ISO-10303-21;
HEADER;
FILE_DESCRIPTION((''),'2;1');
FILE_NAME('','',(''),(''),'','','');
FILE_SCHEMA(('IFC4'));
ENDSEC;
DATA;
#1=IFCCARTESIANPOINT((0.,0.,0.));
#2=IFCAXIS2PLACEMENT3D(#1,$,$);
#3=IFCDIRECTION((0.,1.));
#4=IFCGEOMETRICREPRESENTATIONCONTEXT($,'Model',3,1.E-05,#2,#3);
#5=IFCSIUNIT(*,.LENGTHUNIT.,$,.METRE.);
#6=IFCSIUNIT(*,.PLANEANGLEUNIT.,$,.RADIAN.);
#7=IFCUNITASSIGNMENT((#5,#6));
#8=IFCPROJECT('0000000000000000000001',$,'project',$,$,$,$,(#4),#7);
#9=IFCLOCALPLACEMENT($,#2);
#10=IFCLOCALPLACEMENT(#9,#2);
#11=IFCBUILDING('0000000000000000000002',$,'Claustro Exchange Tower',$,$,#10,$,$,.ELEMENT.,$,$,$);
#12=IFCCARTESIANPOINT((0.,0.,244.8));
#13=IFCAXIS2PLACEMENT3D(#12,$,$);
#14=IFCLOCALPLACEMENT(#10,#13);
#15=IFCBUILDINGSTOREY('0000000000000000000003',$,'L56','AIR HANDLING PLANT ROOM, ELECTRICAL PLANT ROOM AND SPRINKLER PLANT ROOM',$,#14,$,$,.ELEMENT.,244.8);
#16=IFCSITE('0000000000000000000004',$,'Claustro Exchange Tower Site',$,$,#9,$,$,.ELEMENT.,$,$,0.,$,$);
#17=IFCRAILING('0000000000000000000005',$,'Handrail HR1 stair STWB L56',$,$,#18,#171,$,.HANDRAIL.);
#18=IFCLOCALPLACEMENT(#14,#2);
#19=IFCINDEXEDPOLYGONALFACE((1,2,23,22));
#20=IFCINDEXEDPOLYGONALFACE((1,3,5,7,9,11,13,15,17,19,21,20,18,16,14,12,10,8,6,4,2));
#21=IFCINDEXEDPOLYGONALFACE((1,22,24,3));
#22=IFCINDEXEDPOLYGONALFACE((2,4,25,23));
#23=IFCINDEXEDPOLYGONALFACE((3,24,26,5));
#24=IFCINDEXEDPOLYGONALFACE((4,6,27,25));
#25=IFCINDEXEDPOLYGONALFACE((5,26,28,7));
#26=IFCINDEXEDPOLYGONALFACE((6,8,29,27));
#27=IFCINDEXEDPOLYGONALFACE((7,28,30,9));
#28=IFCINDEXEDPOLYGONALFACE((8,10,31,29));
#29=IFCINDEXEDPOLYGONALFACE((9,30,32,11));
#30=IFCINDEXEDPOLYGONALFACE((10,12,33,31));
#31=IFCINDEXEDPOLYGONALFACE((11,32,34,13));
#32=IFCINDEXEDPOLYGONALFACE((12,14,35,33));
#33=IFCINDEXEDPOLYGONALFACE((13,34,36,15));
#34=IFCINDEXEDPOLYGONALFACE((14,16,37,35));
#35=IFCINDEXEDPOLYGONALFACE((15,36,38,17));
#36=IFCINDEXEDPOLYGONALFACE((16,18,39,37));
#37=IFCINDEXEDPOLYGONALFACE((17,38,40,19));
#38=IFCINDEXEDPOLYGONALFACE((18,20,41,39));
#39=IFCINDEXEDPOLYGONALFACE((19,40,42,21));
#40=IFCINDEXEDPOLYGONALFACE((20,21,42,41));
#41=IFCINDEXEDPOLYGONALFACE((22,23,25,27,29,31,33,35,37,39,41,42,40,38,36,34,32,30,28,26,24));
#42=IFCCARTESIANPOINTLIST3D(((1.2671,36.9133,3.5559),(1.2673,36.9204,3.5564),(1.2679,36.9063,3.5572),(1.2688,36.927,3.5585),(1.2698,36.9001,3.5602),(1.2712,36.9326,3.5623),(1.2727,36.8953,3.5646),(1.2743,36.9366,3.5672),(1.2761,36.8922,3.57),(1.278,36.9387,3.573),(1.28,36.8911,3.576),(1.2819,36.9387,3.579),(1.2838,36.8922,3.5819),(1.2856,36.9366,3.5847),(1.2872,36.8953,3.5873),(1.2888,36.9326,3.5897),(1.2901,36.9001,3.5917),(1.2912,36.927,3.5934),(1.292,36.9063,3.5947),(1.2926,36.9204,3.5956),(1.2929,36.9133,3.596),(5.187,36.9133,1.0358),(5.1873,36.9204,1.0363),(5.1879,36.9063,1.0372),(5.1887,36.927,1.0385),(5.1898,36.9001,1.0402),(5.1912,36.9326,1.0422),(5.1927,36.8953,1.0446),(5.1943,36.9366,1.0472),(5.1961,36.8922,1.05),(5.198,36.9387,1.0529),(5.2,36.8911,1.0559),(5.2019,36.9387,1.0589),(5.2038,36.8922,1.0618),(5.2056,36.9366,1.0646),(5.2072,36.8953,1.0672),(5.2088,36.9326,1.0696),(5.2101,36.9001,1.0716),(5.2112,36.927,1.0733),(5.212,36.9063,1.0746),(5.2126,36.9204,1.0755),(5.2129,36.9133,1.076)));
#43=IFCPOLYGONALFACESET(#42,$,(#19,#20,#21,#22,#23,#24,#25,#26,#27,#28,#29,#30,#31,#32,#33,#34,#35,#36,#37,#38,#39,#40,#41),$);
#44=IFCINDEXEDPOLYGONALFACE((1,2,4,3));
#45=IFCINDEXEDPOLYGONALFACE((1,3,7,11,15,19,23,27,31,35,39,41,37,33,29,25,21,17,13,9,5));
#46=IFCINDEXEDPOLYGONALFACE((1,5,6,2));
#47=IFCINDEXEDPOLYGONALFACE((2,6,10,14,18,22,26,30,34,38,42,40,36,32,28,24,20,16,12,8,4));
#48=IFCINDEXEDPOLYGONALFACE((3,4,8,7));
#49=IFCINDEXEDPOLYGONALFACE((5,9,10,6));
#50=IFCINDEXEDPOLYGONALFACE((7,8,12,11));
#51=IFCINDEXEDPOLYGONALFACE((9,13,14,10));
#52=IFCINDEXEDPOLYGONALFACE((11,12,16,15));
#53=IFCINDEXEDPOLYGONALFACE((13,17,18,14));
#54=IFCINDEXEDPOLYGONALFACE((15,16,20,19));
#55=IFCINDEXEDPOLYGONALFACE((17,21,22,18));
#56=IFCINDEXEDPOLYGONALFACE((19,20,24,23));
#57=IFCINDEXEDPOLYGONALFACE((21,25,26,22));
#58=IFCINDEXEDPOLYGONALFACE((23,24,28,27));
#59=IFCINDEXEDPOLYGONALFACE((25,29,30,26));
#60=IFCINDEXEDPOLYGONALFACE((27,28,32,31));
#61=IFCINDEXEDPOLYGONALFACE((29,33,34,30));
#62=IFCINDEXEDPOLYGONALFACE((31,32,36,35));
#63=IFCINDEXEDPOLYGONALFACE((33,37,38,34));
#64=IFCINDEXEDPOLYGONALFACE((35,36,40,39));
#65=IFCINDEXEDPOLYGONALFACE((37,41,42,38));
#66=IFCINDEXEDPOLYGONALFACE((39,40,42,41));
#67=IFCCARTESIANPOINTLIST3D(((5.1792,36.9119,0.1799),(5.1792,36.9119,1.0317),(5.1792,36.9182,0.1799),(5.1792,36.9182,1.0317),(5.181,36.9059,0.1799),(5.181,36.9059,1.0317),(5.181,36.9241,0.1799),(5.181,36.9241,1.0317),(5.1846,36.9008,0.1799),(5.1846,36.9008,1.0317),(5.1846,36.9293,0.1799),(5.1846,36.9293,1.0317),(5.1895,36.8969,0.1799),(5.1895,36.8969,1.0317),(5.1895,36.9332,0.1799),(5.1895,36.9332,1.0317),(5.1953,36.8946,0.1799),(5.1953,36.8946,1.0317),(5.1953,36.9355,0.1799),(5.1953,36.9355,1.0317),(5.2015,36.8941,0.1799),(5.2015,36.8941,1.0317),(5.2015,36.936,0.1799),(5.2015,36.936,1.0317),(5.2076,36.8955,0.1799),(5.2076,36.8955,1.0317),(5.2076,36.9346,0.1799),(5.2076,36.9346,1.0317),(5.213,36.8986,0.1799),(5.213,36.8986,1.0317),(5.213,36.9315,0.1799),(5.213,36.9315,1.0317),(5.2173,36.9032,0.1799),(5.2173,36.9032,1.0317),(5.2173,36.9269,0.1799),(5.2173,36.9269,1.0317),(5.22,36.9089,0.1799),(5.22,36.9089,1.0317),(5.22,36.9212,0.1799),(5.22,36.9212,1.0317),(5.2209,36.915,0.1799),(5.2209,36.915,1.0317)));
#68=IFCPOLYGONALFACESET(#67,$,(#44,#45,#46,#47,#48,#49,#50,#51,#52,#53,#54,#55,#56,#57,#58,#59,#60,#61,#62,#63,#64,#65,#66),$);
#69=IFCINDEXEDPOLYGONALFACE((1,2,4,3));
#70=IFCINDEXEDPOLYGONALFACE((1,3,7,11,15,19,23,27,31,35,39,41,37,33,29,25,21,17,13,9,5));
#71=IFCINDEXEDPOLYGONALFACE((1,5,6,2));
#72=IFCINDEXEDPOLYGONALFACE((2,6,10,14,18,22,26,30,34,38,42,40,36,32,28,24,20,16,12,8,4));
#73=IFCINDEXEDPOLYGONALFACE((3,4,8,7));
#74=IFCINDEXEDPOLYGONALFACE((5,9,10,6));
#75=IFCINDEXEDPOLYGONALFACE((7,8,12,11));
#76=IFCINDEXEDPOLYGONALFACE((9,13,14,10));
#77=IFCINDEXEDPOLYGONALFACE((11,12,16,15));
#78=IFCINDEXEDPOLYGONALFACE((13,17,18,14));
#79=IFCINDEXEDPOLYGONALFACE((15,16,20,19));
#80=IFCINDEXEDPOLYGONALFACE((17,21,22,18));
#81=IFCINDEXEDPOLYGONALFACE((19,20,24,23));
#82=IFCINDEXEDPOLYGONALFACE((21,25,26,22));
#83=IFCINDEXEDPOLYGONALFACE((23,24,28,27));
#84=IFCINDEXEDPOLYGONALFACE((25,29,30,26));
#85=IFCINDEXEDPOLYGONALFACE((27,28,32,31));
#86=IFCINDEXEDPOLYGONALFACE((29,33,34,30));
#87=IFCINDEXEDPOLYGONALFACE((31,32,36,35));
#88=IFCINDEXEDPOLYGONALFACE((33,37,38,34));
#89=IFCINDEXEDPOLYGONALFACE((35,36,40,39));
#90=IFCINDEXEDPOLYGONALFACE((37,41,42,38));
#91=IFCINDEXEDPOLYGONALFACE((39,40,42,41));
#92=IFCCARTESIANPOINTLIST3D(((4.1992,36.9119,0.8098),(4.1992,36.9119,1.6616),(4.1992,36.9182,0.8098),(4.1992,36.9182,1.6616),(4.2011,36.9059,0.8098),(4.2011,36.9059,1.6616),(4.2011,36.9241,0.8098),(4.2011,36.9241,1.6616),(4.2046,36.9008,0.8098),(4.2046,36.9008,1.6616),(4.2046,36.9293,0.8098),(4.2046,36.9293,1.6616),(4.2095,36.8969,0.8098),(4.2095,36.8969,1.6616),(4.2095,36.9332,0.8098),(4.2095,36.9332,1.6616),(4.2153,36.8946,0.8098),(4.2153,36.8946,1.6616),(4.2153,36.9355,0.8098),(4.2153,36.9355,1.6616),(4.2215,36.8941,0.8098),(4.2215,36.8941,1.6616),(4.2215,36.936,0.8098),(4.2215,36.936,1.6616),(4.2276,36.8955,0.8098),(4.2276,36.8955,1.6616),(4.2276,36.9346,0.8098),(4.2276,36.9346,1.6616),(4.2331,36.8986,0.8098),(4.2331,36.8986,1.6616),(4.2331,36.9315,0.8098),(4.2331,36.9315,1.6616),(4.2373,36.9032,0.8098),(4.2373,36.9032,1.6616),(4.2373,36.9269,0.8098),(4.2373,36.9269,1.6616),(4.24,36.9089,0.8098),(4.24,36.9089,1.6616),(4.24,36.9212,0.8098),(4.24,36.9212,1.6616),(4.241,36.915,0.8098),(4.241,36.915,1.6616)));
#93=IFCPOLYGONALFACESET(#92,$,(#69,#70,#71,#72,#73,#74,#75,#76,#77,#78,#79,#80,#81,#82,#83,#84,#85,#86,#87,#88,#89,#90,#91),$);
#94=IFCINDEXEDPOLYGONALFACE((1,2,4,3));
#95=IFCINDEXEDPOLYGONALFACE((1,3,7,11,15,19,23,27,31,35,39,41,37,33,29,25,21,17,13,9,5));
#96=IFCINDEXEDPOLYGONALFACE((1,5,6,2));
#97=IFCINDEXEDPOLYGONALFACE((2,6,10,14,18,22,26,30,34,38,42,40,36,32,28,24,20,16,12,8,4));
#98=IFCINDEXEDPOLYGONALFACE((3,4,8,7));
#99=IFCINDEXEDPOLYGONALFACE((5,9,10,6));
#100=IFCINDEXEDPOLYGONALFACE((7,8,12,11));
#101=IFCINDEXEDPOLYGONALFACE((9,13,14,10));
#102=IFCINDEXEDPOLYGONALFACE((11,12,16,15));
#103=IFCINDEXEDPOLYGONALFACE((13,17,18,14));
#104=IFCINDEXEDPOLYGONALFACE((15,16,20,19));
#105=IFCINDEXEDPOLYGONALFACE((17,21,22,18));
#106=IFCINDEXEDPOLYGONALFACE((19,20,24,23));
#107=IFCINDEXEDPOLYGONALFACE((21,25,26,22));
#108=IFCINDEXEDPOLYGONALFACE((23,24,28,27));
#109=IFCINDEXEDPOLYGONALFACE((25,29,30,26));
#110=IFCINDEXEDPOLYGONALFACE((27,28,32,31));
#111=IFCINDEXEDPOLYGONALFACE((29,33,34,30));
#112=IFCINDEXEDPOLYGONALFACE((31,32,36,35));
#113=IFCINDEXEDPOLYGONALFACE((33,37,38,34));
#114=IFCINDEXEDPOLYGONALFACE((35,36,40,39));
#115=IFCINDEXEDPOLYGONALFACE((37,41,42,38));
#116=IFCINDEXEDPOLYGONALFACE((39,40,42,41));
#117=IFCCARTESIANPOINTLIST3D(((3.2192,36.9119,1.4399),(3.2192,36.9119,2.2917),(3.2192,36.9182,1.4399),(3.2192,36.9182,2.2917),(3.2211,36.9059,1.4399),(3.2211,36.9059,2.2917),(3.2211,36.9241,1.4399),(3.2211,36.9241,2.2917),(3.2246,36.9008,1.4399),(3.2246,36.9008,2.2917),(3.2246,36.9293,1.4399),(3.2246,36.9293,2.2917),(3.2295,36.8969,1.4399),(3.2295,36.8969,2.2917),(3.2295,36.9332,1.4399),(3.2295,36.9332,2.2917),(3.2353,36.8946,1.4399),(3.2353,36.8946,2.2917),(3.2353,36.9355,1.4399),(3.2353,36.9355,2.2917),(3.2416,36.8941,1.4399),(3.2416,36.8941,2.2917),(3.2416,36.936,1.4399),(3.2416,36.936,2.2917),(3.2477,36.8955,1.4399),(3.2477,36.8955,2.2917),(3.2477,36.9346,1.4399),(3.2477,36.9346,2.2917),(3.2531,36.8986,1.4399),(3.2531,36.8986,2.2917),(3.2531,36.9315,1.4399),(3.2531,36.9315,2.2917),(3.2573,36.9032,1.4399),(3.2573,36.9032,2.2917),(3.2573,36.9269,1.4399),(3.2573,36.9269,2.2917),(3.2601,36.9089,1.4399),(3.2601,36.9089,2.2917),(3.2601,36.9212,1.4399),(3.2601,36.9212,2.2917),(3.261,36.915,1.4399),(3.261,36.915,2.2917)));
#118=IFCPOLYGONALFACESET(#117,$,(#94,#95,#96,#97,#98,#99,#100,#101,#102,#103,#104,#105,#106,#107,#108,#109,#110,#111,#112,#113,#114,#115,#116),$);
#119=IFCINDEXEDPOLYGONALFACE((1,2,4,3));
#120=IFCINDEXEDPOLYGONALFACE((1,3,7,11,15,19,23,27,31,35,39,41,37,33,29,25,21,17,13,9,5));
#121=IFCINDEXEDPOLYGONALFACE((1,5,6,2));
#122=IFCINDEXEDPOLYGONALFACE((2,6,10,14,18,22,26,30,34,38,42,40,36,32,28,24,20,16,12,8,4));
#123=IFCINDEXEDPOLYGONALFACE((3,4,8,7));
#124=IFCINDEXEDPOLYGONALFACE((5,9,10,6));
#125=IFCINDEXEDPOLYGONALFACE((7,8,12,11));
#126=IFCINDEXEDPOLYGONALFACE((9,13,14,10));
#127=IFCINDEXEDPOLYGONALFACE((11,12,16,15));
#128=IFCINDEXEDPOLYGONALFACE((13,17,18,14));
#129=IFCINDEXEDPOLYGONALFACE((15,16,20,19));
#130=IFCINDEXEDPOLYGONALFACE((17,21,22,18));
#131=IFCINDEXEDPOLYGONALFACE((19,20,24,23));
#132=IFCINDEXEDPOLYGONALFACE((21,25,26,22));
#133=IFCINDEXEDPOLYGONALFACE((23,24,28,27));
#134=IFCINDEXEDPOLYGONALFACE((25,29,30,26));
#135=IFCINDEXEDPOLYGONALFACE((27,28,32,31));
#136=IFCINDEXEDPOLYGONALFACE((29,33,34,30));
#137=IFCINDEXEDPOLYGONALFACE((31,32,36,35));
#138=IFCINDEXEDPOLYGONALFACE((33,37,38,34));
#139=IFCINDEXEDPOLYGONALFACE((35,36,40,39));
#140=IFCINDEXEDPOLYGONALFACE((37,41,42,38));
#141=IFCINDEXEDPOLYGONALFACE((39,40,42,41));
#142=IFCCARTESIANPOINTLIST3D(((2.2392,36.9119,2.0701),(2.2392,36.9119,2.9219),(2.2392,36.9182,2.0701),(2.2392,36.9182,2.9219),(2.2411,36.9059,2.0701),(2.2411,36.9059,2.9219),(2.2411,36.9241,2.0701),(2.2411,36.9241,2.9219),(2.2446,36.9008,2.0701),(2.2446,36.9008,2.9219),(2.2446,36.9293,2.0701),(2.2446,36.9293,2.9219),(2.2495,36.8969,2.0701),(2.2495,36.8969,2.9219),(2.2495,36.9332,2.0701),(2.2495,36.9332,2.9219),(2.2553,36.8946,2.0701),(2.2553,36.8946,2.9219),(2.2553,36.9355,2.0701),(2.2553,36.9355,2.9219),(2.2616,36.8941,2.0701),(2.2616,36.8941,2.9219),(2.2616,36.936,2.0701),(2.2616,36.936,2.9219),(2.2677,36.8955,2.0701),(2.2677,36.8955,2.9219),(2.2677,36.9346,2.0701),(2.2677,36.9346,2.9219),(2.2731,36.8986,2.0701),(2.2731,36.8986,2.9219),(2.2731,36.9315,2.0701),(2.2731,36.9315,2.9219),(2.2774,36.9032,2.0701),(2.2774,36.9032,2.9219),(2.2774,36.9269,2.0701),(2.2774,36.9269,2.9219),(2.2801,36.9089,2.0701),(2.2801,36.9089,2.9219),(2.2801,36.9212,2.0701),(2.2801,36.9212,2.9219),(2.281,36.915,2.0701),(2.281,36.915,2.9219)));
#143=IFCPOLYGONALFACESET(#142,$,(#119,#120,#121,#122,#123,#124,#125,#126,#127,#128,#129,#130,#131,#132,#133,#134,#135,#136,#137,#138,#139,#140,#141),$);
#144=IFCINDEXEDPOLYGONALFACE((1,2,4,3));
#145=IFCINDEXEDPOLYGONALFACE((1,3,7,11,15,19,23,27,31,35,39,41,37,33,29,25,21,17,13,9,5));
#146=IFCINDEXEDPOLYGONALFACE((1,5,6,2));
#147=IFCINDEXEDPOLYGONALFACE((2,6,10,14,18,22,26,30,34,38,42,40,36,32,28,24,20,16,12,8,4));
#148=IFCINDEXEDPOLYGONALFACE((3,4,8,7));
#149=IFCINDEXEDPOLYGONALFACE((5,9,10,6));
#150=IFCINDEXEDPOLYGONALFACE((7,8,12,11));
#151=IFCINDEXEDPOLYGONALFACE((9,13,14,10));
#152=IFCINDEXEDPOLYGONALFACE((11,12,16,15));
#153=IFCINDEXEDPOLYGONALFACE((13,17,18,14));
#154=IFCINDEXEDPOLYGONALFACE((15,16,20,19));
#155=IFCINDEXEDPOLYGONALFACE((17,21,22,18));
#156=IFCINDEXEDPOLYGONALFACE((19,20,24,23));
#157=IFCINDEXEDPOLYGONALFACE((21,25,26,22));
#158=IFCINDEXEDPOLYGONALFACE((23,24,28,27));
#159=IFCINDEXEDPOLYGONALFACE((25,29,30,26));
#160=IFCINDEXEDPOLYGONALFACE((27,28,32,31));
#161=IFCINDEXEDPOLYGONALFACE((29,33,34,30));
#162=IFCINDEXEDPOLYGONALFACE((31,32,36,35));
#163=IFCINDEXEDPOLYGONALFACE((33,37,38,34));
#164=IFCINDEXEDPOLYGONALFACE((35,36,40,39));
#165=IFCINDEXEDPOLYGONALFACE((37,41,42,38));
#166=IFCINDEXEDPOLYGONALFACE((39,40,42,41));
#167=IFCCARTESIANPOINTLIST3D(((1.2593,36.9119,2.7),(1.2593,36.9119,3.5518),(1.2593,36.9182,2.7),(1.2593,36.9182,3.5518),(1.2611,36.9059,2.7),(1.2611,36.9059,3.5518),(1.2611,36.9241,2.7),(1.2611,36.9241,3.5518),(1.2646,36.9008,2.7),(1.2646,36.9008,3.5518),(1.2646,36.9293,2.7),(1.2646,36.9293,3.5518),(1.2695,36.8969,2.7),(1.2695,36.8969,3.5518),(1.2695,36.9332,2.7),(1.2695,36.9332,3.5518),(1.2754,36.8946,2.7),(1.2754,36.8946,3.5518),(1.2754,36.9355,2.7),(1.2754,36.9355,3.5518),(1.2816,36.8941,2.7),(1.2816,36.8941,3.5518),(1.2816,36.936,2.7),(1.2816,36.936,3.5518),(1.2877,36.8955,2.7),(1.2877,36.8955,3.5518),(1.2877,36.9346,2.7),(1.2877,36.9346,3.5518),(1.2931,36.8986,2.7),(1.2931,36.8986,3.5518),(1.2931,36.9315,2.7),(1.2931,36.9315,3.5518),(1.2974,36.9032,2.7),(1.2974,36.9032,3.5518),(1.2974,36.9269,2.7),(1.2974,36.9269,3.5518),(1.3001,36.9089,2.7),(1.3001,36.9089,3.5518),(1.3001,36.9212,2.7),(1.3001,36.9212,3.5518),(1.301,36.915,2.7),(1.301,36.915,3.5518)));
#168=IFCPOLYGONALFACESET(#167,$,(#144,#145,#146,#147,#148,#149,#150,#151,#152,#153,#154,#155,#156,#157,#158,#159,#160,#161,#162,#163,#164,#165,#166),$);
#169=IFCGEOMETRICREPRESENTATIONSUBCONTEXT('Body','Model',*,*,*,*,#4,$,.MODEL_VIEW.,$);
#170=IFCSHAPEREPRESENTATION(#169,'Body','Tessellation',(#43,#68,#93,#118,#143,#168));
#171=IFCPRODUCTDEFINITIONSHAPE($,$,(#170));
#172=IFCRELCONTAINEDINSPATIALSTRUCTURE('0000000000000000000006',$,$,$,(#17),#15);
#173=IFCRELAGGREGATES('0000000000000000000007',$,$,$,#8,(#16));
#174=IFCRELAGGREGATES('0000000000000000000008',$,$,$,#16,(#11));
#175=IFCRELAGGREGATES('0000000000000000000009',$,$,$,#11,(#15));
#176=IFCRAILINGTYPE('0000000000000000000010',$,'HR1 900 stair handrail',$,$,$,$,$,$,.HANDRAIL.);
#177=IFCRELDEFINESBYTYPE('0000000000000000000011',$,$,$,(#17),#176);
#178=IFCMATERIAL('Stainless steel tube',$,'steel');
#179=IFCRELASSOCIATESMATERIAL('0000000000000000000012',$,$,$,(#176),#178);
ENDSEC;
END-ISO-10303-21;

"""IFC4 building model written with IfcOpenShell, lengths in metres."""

from ifc_helpers import new_model, si_unit, direction, frame, origin, origin_2d, place, context, subcontext, project, spatial, circle, extrude, material, type_object, element, save


model = new_model("IFC4")

# Units and contexts
model_context = context("Model", 3, precision=1e-05, world=origin(), true_north=direction((0.0, 1.0)))
body_context = subcontext(model_context, "Body", "Model", "MODEL_VIEW")
ifc_project = project(units=[si_unit("LENGTHUNIT", "METRE"), si_unit("PLANEANGLEUNIT", "RADIAN")], contexts=[model_context])

# Site, building, storey
site_placement = place(None, origin())
site = spatial("IfcSite", under=ifc_project, at=site_placement, Name="Claustro Exchange Tower Site", CompositionType="ELEMENT", RefElevation=0.0)
building_placement = place(site_placement, origin())
building = spatial("IfcBuilding", under=site, at=building_placement, Name="Claustro Exchange Tower", CompositionType="ELEMENT")
storey_placement = place(building_placement, frame((0.0, 0.0, 244.8)))
storey = spatial("IfcBuildingStorey", under=building, at=storey_placement, Name="L56", Description="AIR HANDLING PLANT ROOM, ELECTRICAL PLANT ROOM AND SPRINKLER PLANT ROOM", CompositionType="ELEMENT", Elevation=244.8)

# Railing
ifc_material_1 = material(Name="Stainless steel tube", Category="steel")
railing_type = type_object("IfcRailingType", Name="HR1 900 stair handrail", PredefinedType="HANDRAIL", material=ifc_material_1)
railing_placement = place(storey_placement, frame((5.2, 36.915, 0.1799)))
element("IfcRailing", 1, at=railing_placement, inside=storey, type_object=railing_type, Name="Handrail HR1 stair STWB L56", PredefinedType="HANDRAIL", context=body_context, shape_type="SweptSolid", body=[
    extrude(circle(Radius=0.0239, at=origin_2d()), frame((0.0, 0.0, 0.876), z_axis=(-0.841172, 0.0, 0.540768), x_axis=(0.0, -1.0, 0.0)), (0.0, 0.0, 1.0), 4.6602),
    extrude(circle(Radius=0.021, at=origin_2d()), origin(), (0.0, 0.0, 1.0), 0.8518),
    extrude(circle(Radius=0.021, at=origin_2d()), frame((-0.98, 0.0, 0.6299)), (0.0, 0.0, 1.0), 0.8518),
    extrude(circle(Radius=0.021, at=origin_2d()), frame((-1.96, 0.0, 1.26)), (0.0, 0.0, 1.0), 0.8518),
    extrude(circle(Radius=0.021, at=origin_2d()), frame((-2.9399, 0.0, 1.8901)), (0.0, 0.0, 1.0), 0.8518),
    extrude(circle(Radius=0.021, at=origin_2d()), frame((-3.9199, 0.0, 2.52)), (0.0, 0.0, 1.0), 0.8518),
])

save(model, "model.ifc")
